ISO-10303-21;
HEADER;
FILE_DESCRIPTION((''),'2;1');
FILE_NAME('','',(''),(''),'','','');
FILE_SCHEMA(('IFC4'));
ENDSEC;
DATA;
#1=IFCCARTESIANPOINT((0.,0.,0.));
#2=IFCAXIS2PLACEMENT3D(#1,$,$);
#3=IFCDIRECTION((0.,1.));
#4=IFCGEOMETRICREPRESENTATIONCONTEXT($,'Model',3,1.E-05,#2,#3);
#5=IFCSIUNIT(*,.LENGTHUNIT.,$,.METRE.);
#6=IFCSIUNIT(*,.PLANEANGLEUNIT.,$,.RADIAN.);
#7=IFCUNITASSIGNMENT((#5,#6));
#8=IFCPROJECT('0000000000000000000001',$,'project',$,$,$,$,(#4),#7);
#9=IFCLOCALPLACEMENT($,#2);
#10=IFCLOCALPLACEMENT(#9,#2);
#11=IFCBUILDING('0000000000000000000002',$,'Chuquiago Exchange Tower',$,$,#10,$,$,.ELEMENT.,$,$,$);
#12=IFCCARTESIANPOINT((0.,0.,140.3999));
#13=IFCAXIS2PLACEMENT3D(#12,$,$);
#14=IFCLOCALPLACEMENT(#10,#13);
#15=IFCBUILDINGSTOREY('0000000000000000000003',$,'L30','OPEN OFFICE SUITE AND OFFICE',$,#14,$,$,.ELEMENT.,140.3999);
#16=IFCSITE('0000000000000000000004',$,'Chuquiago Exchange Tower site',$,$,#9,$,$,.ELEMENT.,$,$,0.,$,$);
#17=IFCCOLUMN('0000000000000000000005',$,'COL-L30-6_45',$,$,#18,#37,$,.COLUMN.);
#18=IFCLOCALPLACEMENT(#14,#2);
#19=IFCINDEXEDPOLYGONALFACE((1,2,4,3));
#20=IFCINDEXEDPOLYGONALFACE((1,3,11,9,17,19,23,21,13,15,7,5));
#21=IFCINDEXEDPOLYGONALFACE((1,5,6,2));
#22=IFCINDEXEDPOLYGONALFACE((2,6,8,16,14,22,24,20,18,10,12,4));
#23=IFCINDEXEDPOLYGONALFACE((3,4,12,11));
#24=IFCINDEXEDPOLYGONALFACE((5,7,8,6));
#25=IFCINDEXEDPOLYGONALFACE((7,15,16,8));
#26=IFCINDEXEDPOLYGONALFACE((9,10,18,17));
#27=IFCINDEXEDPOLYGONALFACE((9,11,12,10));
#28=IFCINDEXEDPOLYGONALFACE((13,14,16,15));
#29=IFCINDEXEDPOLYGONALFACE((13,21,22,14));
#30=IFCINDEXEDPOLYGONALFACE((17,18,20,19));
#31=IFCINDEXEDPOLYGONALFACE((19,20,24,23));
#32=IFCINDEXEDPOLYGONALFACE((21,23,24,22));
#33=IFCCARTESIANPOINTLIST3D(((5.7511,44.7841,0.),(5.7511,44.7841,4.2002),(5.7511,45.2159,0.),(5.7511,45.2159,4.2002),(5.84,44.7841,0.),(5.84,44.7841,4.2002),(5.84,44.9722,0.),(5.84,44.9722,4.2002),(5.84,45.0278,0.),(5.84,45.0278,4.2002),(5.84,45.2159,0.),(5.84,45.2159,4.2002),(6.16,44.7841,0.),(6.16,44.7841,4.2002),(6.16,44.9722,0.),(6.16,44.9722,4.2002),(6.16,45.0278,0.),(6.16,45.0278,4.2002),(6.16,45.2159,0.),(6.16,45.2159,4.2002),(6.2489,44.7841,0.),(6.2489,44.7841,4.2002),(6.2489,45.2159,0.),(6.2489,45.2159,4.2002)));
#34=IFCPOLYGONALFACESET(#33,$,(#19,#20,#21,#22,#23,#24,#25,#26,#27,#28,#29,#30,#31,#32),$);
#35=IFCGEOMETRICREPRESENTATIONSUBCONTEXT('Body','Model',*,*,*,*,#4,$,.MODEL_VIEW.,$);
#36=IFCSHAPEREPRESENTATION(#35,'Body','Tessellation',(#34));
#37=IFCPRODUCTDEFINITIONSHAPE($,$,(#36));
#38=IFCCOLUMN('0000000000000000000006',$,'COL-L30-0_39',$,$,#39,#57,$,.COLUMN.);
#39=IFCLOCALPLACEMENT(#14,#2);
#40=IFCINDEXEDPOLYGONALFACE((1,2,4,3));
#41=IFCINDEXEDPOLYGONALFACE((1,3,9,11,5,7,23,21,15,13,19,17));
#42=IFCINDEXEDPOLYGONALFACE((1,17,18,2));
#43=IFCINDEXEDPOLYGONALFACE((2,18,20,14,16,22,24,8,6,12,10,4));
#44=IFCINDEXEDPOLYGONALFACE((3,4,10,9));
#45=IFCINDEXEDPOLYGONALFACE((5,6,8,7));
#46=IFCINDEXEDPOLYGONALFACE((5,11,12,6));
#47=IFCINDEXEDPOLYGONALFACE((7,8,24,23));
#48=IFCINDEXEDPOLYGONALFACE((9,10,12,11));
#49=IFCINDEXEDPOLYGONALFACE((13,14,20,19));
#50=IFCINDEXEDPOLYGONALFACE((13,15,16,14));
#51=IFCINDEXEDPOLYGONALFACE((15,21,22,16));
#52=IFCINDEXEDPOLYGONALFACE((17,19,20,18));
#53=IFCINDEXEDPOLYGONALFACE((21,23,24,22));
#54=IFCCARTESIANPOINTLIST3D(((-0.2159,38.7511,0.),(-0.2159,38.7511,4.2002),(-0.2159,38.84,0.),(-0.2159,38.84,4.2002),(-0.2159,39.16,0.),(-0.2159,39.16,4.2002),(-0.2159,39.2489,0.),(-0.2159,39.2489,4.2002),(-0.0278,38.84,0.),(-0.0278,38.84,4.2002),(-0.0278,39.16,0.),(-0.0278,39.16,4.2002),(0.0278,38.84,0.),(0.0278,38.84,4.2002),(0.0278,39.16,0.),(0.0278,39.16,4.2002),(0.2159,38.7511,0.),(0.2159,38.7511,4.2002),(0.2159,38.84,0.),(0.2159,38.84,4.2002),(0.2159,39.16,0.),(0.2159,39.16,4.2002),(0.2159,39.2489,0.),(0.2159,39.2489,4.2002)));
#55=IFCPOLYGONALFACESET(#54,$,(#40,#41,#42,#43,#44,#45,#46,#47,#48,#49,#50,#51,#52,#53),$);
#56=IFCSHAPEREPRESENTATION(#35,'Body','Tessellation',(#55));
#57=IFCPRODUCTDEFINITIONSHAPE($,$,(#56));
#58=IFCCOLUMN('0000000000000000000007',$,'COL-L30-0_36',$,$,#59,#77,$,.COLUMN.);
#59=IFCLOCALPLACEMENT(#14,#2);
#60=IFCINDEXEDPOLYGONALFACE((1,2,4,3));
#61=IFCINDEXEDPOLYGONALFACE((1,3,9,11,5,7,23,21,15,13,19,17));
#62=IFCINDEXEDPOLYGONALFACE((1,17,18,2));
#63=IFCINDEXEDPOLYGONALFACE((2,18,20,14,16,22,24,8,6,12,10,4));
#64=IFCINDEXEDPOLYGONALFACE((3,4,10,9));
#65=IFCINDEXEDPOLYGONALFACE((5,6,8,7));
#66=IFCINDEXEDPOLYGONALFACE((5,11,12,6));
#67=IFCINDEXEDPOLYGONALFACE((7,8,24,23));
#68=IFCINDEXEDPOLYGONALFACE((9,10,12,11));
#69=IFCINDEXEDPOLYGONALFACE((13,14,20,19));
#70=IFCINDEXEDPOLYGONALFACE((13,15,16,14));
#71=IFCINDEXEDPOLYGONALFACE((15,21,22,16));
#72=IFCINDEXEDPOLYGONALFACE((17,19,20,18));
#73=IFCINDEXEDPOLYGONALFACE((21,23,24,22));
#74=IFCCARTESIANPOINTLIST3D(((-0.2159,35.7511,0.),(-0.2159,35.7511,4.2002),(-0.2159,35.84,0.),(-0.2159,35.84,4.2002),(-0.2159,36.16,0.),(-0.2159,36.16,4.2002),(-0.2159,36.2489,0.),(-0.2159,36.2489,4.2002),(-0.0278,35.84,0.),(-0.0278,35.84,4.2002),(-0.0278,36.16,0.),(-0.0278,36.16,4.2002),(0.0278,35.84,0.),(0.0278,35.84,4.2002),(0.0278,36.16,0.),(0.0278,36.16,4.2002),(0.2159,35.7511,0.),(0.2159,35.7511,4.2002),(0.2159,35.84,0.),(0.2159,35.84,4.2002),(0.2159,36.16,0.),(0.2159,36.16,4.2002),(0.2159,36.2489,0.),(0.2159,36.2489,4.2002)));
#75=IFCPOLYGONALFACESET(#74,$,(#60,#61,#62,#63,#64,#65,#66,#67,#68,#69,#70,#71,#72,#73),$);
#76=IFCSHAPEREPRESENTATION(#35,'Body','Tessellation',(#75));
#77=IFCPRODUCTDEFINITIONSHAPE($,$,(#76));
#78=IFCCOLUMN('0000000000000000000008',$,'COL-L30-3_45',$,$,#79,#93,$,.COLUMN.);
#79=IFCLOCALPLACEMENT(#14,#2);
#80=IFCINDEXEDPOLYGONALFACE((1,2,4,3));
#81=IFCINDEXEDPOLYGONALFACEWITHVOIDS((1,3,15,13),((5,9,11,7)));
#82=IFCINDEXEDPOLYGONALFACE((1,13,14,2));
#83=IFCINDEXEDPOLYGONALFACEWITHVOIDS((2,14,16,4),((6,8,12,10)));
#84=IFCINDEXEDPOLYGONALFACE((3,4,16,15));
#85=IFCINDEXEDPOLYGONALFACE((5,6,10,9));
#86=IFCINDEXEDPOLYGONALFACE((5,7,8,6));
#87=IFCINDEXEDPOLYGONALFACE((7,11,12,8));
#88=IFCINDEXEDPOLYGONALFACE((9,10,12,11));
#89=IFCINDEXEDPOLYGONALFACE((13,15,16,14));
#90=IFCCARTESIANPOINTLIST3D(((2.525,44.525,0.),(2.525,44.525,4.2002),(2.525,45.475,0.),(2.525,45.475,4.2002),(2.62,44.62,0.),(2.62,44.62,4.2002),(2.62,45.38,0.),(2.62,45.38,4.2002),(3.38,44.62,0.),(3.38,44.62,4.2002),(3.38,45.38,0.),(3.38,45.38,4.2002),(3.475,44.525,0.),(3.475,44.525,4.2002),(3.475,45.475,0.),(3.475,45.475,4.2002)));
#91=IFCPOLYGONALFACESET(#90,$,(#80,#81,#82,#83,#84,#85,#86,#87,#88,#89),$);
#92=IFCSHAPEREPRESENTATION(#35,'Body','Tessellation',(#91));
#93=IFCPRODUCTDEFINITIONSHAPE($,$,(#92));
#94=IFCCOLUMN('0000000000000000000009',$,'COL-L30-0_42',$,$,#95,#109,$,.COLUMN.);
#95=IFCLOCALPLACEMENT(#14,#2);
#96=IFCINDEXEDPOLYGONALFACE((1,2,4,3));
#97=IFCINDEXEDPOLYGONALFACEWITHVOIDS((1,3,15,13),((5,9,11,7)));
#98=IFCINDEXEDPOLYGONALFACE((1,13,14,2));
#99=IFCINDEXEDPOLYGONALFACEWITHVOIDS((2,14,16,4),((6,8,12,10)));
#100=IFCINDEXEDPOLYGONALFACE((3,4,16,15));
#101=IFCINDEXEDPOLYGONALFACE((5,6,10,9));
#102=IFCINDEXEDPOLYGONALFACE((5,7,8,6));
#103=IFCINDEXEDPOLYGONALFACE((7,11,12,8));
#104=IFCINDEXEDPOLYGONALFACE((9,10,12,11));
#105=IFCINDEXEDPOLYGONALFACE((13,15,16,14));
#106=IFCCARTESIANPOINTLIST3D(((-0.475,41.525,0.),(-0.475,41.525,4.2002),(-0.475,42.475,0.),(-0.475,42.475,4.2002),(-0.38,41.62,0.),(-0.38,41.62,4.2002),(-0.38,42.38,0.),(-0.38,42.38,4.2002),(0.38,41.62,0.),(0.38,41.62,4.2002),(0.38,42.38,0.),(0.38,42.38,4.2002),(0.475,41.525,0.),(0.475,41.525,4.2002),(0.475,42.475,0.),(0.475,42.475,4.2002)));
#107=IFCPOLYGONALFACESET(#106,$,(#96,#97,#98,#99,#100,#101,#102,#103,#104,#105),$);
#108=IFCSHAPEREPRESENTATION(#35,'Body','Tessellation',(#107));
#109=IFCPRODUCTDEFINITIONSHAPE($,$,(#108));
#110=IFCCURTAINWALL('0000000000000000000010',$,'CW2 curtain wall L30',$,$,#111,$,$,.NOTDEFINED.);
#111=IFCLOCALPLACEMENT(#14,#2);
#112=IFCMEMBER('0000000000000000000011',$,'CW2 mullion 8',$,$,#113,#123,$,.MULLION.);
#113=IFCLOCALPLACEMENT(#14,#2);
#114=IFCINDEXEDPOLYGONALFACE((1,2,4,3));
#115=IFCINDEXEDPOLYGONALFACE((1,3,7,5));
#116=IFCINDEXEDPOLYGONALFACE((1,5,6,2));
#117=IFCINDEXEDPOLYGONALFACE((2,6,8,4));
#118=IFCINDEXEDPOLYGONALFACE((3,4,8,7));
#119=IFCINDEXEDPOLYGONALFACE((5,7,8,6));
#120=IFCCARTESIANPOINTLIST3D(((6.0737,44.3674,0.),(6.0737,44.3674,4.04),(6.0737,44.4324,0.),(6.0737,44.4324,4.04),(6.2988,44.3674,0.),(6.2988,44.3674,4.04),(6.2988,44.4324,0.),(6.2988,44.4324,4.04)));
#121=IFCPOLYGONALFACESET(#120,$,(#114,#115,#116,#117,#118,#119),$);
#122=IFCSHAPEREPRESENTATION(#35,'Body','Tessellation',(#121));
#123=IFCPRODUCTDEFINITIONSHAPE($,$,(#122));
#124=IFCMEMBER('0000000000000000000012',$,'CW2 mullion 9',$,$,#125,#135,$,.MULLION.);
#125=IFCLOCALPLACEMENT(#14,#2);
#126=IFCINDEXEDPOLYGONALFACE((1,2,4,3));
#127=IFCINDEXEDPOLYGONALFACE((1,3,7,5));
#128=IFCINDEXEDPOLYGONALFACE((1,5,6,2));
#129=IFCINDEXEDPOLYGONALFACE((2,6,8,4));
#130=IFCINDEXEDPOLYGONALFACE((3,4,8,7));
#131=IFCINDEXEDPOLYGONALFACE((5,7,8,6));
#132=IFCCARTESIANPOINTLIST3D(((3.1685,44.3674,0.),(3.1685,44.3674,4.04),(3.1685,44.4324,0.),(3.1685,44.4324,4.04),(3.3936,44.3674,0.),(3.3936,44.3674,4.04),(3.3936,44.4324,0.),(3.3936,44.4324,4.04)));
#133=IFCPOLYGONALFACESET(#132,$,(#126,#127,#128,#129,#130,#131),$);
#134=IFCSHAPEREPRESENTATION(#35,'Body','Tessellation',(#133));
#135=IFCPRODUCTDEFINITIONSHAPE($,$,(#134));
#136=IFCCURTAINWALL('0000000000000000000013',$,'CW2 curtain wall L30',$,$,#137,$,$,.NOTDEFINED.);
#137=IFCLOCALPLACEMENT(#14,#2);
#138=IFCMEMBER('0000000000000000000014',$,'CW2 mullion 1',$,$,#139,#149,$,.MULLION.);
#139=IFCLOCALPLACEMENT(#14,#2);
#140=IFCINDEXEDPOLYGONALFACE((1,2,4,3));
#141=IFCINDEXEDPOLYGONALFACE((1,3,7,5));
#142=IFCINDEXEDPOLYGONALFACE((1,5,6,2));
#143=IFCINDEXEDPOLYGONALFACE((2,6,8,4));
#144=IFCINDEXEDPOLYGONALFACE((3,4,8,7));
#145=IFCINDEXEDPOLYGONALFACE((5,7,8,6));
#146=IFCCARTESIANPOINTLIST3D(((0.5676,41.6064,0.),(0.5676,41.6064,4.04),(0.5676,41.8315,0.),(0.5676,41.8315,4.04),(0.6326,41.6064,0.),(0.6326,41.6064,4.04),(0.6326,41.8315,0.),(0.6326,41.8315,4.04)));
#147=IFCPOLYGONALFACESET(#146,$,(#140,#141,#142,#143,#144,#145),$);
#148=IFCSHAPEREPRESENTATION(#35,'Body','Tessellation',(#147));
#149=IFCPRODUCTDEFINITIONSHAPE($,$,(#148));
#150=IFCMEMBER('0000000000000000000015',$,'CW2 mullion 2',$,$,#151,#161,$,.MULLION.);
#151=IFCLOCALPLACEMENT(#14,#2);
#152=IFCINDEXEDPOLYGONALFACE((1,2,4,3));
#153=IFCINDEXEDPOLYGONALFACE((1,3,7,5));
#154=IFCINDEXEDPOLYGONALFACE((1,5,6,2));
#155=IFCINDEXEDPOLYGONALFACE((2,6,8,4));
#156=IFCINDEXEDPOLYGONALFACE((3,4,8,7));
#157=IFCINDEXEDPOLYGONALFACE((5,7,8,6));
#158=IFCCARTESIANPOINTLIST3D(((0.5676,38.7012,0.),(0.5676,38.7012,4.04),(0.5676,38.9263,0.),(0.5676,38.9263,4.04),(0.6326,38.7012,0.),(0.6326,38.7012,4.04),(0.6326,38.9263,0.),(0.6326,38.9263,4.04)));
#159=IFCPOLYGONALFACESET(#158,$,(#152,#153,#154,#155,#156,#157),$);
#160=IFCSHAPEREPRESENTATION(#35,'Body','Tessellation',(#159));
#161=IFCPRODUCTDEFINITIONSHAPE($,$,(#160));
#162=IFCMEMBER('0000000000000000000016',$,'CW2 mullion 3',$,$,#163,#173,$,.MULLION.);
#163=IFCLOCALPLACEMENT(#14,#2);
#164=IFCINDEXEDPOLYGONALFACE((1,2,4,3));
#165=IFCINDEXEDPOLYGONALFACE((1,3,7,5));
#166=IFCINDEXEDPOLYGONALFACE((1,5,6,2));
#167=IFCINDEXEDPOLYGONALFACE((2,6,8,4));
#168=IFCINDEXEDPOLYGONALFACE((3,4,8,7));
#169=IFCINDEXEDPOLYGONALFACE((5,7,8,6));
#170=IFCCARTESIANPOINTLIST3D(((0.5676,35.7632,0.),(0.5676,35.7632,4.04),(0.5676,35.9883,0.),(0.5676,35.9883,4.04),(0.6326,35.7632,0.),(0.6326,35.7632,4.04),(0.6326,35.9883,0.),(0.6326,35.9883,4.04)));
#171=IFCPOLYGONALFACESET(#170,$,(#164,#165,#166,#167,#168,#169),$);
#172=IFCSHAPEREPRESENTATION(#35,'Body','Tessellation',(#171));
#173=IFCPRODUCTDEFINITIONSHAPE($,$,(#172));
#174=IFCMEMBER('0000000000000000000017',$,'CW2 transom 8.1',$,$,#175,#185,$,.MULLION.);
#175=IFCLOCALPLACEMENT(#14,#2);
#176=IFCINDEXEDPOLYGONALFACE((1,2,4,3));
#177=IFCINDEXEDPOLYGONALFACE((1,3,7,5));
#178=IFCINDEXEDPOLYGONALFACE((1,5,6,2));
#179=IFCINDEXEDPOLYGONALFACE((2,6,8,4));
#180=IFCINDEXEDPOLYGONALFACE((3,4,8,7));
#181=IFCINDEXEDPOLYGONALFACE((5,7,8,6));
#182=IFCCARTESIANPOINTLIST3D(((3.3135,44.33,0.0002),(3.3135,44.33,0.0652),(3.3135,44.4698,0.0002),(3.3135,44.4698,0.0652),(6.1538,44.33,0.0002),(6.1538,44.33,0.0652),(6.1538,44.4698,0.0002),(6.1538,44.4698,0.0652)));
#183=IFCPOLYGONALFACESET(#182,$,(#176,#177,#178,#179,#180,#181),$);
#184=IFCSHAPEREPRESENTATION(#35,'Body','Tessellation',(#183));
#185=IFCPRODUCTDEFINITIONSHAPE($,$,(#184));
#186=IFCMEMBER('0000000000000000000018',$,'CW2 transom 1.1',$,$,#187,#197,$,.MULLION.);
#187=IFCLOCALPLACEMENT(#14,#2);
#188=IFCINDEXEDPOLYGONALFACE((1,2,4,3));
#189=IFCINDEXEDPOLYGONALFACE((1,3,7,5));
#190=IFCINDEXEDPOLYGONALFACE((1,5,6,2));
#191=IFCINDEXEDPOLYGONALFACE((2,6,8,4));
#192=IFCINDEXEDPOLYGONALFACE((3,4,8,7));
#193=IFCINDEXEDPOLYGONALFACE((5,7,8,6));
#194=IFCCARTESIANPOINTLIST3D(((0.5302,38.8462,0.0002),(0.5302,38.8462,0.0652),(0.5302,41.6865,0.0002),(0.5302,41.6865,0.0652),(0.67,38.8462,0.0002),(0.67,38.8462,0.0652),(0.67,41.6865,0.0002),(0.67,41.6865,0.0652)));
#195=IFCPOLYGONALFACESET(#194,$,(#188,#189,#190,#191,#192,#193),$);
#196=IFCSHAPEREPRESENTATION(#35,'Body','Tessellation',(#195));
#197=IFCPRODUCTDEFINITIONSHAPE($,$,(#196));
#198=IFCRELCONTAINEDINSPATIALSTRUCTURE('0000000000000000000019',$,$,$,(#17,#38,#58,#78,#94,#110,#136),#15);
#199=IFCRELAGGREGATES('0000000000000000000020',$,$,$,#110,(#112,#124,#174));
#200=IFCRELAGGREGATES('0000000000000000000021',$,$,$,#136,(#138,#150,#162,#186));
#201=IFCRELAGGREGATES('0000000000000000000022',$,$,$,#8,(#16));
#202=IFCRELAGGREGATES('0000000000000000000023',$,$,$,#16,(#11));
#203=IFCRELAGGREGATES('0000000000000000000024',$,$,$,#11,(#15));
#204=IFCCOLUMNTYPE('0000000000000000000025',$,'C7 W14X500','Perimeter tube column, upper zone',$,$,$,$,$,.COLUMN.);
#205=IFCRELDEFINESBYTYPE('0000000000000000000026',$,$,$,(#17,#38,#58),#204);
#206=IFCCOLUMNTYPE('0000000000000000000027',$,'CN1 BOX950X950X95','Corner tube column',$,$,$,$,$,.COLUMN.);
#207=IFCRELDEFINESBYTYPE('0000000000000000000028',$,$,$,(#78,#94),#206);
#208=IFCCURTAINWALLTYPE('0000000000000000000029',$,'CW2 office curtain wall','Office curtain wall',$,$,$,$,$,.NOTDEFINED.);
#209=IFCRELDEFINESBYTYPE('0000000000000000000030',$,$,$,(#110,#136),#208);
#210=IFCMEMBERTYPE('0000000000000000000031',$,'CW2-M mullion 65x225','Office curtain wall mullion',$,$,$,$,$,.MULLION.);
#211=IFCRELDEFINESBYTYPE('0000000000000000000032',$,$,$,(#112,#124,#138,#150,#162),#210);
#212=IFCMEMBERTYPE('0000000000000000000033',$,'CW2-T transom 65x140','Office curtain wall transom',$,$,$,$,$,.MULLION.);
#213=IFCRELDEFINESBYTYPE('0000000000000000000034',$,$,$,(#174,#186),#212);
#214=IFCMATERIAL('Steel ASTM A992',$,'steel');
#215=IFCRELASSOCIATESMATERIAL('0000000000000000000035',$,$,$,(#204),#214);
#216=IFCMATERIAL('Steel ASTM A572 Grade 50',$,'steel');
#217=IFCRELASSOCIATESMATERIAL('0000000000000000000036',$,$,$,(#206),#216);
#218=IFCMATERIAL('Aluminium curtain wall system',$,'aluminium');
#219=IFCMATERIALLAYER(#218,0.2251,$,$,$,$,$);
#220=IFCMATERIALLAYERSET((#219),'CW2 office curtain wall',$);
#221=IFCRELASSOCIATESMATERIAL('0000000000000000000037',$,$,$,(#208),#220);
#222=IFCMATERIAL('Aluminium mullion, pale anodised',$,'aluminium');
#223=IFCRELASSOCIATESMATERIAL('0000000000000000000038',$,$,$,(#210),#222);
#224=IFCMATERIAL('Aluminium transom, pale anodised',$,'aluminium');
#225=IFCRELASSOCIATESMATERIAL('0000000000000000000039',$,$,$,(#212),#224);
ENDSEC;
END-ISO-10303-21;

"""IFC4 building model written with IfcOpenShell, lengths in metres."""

from ifc_helpers import new_model, si_unit, direction, frame, origin, origin_2d, place, context, subcontext, project, spatial, rectangle, hollow_rectangle, i_section, extrude, material, layer, layer_set, material_profile, profile_set, type_object, element, aggregate, save


model = new_model("IFC4")

# Units and contexts
model_context = context("Model", 3, precision=1e-05, world=origin(), true_north=direction((0.0, 1.0)))
body_context = subcontext(model_context, "Body", "Model", "MODEL_VIEW")
ifc_project = project(units=[si_unit("LENGTHUNIT", "METRE"), si_unit("PLANEANGLEUNIT", "RADIAN")], contexts=[model_context])

# Site, building, storey
site_placement = place(None, origin())
site = spatial("IfcSite", under=ifc_project, at=site_placement, Name="Chuquiago Exchange Tower site", CompositionType="ELEMENT", RefElevation=0.0)
building_placement = place(site_placement, origin())
building = spatial("IfcBuilding", under=site, at=building_placement, Name="Chuquiago Exchange Tower", CompositionType="ELEMENT")
storey_placement = place(building_placement, frame((0.0, 0.0, 140.3999)))
storey = spatial("IfcBuildingStorey", under=building, at=storey_placement, Name="L30", Description="OPEN OFFICE SUITE AND OFFICE", CompositionType="ELEMENT", Elevation=140.3999)

# Columns
ifc_material_1 = material(Name="Steel ASTM A992", Category="steel")
ifc_material_profile_1 = material_profile(ifc_material_1, i_section(OverallWidth=0.4319, OverallDepth=0.4978, WebThickness=0.0557, FlangeThickness=0.0889, at=origin_2d()), Name="W14X500")
ifc_profile_set_1 = profile_set([ifc_material_profile_1], Name="Steel ASTM A992")
column_type_1 = type_object("IfcColumnType", Name="C7 W14X500", Description="Perimeter tube column, upper zone", PredefinedType="COLUMN", material=ifc_profile_set_1)
for number, where, z_axis, x_axis, name in (
    (1, (6.0, 45.0, 0.0), (0.0, 0.0, 1.0), (0.0, 1.0, 0.0), "COL-L30-6_45"),
    (2, (0.0, 39.0, 0.0), (0.0, 0.0, 1.0), (-1.0, 0.0, 0.0), "COL-L30-0_39"),
    (3, (0.0, 36.0, 0.0), (0.0, 0.0, 1.0), (-1.0, 0.0, 0.0), "COL-L30-0_36"),
):
    element("IfcColumn", number, at=place(storey_placement, frame(where, z_axis=z_axis, x_axis=x_axis)), inside=storey, type_object=column_type_1, Name=name, PredefinedType="COLUMN", context=body_context, shape_type="SweptSolid", body=[
        extrude(i_section(OverallWidth=0.4319, OverallDepth=0.4978, WebThickness=0.0557, FlangeThickness=0.0889, at=origin_2d()), origin(), (0.0, 0.0, 1.0), 4.2002),
    ])
ifc_material_2 = material(Name="Steel ASTM A572 Grade 50", Category="steel")
ifc_material_profile_2 = material_profile(ifc_material_2, hollow_rectangle(XDim=0.95, YDim=0.95, WallThickness=0.095, at=origin_2d()), Name="BOX950X950X95")
ifc_profile_set_2 = profile_set([ifc_material_profile_2], Name="Steel ASTM A572 Grade 50")
column_type_2 = type_object("IfcColumnType", Name="CN1 BOX950X950X95", Description="Corner tube column", PredefinedType="COLUMN", material=ifc_profile_set_2)
for number, where, z_axis, x_axis, name in (
    (4, (3.0, 45.0, 0.0), (0.0, 0.0, 1.0), (0.0, 1.0, 0.0), "COL-L30-3_45"),
    (5, (0.0, 42.0, 0.0), (0.0, 0.0, 1.0), (-1.0, 0.0, 0.0), "COL-L30-0_42"),
):
    element("IfcColumn", number, at=place(storey_placement, frame(where, z_axis=z_axis, x_axis=x_axis)), inside=storey, type_object=column_type_2, Name=name, PredefinedType="COLUMN", context=body_context, shape_type="SweptSolid", body=[
        extrude(hollow_rectangle(XDim=0.95, YDim=0.95, WallThickness=0.095, at=origin_2d()), origin(), (0.0, 0.0, 1.0), 4.2002),
    ])

# Curtain walls, members
ifc_material_3 = material(Name="Aluminium curtain wall system", Category="aluminium")
ifc_layer_1 = layer(ifc_material_3, 0.2251)
ifc_layer_set_1 = layer_set([ifc_layer_1], Name="CW2 office curtain wall")
curtain_wall_type_1 = type_object("IfcCurtainWallType", Name="CW2 office curtain wall", Description="Office curtain wall", PredefinedType="NOTDEFINED", material=ifc_layer_set_1)
curtain_wall_1_placement = place(storey_placement, origin())
curtain_wall_1 = element("IfcCurtainWall", 6, at=curtain_wall_1_placement, inside=storey, type_object=curtain_wall_type_1, Name="CW2 curtain wall L30", PredefinedType="NOTDEFINED")
ifc_material_4 = material(Name="Aluminium mullion, pale anodised", Category="aluminium")
ifc_material_profile_3 = material_profile(ifc_material_4, rectangle(XDim=0.0649, YDim=0.2251, at=origin_2d()), Name="AL 65x225")
ifc_profile_set_3 = profile_set([ifc_material_profile_3], Name="Aluminium mullion, pale anodised")
member_type_1 = type_object("IfcMemberType", Name="CW2-M mullion 65x225", Description="Office curtain wall mullion", PredefinedType="MULLION", material=ifc_profile_set_3)
member_1_placement = place(storey_placement, frame((6.1863, 44.3999, 0.0), z_axis=(0.0, 0.0, 1.0), x_axis=(0.0, -1.0, 0.0)))
member_1 = element("IfcMember", 7, at=member_1_placement, type_object=member_type_1, Name="CW2 mullion 8", PredefinedType="MULLION", context=body_context, shape_type="SweptSolid", body=[
    extrude(rectangle(XDim=0.0649, YDim=0.2251, at=origin_2d()), origin(), (0.0, 0.0, 1.0), 4.04),
])
member_2_placement = place(storey_placement, frame((3.281, 44.3999, 0.0), z_axis=(0.0, 0.0, 1.0), x_axis=(0.0, -1.0, 0.0)))
member_2 = element("IfcMember", 8, at=member_2_placement, type_object=member_type_1, Name="CW2 mullion 9", PredefinedType="MULLION", context=body_context, shape_type="SweptSolid", body=[
    extrude(rectangle(XDim=0.0649, YDim=0.2251, at=origin_2d()), origin(), (0.0, 0.0, 1.0), 4.04),
])
curtain_wall_2_placement = place(storey_placement, origin())
curtain_wall_2 = element("IfcCurtainWall", 9, at=curtain_wall_2_placement, inside=storey, type_object=curtain_wall_type_1, Name="CW2 curtain wall L30", PredefinedType="NOTDEFINED")
member_3_placement = place(storey_placement, frame((0.6001, 41.719, 0.0), z_axis=(0.0, 0.0, 1.0), x_axis=(1.0, 0.0, 0.0)))
member_3 = element("IfcMember", 10, at=member_3_placement, type_object=member_type_1, Name="CW2 mullion 1", PredefinedType="MULLION", context=body_context, shape_type="SweptSolid", body=[
    extrude(rectangle(XDim=0.0649, YDim=0.2251, at=origin_2d()), origin(), (0.0, 0.0, 1.0), 4.04),
])
member_4_placement = place(storey_placement, frame((0.6001, 38.8137, 0.0), z_axis=(0.0, 0.0, 1.0), x_axis=(1.0, 0.0, 0.0)))
member_4 = element("IfcMember", 11, at=member_4_placement, type_object=member_type_1, Name="CW2 mullion 2", PredefinedType="MULLION", context=body_context, shape_type="SweptSolid", body=[
    extrude(rectangle(XDim=0.0649, YDim=0.2251, at=origin_2d()), origin(), (0.0, 0.0, 1.0), 4.04),
])
member_5_placement = place(storey_placement, frame((0.6001, 35.8757, 0.0), z_axis=(0.0, 0.0, 1.0), x_axis=(1.0, 0.0, 0.0)))
member_5 = element("IfcMember", 12, at=member_5_placement, type_object=member_type_1, Name="CW2 mullion 3", PredefinedType="MULLION", context=body_context, shape_type="SweptSolid", body=[
    extrude(rectangle(XDim=0.0649, YDim=0.2251, at=origin_2d()), origin(), (0.0, 0.0, 1.0), 4.04),
])

# Members
ifc_material_5 = material(Name="Aluminium transom, pale anodised", Category="aluminium")
ifc_material_profile_4 = material_profile(ifc_material_5, rectangle(XDim=0.1399, YDim=0.0649, at=origin_2d()), Name="AL 140x65")
ifc_profile_set_4 = profile_set([ifc_material_profile_4], Name="Aluminium transom, pale anodised")
member_type_2 = type_object("IfcMemberType", Name="CW2-T transom 65x140", Description="Office curtain wall transom", PredefinedType="MULLION", material=ifc_profile_set_4)
member_6_placement = place(storey_placement, frame((6.1538, 44.3999, 0.0327), z_axis=(-1.0, 0.0, 0.0), x_axis=(0.0, -1.0, 0.0)))
member_6 = element("IfcMember", 13, at=member_6_placement, type_object=member_type_2, Name="CW2 transom 8.1", PredefinedType="MULLION", context=body_context, shape_type="SweptSolid", body=[
    extrude(rectangle(XDim=0.1399, YDim=0.0649, at=origin_2d()), origin(), (0.0, 0.0, 1.0), 2.8403),
])
member_7_placement = place(storey_placement, frame((0.6001, 41.6865, 0.0327), z_axis=(0.0, -1.0, 0.0), x_axis=(1.0, 0.0, 0.0)))
member_7 = element("IfcMember", 14, at=member_7_placement, type_object=member_type_2, Name="CW2 transom 1.1", PredefinedType="MULLION", context=body_context, shape_type="SweptSolid", body=[
    extrude(rectangle(XDim=0.1399, YDim=0.0649, at=origin_2d()), origin(), (0.0, 0.0, 1.0), 2.8403),
])

aggregate(curtain_wall_1, [member_1, member_2, member_6])
aggregate(curtain_wall_2, [member_3, member_4, member_5, member_7])

save(model, "model.ifc")
